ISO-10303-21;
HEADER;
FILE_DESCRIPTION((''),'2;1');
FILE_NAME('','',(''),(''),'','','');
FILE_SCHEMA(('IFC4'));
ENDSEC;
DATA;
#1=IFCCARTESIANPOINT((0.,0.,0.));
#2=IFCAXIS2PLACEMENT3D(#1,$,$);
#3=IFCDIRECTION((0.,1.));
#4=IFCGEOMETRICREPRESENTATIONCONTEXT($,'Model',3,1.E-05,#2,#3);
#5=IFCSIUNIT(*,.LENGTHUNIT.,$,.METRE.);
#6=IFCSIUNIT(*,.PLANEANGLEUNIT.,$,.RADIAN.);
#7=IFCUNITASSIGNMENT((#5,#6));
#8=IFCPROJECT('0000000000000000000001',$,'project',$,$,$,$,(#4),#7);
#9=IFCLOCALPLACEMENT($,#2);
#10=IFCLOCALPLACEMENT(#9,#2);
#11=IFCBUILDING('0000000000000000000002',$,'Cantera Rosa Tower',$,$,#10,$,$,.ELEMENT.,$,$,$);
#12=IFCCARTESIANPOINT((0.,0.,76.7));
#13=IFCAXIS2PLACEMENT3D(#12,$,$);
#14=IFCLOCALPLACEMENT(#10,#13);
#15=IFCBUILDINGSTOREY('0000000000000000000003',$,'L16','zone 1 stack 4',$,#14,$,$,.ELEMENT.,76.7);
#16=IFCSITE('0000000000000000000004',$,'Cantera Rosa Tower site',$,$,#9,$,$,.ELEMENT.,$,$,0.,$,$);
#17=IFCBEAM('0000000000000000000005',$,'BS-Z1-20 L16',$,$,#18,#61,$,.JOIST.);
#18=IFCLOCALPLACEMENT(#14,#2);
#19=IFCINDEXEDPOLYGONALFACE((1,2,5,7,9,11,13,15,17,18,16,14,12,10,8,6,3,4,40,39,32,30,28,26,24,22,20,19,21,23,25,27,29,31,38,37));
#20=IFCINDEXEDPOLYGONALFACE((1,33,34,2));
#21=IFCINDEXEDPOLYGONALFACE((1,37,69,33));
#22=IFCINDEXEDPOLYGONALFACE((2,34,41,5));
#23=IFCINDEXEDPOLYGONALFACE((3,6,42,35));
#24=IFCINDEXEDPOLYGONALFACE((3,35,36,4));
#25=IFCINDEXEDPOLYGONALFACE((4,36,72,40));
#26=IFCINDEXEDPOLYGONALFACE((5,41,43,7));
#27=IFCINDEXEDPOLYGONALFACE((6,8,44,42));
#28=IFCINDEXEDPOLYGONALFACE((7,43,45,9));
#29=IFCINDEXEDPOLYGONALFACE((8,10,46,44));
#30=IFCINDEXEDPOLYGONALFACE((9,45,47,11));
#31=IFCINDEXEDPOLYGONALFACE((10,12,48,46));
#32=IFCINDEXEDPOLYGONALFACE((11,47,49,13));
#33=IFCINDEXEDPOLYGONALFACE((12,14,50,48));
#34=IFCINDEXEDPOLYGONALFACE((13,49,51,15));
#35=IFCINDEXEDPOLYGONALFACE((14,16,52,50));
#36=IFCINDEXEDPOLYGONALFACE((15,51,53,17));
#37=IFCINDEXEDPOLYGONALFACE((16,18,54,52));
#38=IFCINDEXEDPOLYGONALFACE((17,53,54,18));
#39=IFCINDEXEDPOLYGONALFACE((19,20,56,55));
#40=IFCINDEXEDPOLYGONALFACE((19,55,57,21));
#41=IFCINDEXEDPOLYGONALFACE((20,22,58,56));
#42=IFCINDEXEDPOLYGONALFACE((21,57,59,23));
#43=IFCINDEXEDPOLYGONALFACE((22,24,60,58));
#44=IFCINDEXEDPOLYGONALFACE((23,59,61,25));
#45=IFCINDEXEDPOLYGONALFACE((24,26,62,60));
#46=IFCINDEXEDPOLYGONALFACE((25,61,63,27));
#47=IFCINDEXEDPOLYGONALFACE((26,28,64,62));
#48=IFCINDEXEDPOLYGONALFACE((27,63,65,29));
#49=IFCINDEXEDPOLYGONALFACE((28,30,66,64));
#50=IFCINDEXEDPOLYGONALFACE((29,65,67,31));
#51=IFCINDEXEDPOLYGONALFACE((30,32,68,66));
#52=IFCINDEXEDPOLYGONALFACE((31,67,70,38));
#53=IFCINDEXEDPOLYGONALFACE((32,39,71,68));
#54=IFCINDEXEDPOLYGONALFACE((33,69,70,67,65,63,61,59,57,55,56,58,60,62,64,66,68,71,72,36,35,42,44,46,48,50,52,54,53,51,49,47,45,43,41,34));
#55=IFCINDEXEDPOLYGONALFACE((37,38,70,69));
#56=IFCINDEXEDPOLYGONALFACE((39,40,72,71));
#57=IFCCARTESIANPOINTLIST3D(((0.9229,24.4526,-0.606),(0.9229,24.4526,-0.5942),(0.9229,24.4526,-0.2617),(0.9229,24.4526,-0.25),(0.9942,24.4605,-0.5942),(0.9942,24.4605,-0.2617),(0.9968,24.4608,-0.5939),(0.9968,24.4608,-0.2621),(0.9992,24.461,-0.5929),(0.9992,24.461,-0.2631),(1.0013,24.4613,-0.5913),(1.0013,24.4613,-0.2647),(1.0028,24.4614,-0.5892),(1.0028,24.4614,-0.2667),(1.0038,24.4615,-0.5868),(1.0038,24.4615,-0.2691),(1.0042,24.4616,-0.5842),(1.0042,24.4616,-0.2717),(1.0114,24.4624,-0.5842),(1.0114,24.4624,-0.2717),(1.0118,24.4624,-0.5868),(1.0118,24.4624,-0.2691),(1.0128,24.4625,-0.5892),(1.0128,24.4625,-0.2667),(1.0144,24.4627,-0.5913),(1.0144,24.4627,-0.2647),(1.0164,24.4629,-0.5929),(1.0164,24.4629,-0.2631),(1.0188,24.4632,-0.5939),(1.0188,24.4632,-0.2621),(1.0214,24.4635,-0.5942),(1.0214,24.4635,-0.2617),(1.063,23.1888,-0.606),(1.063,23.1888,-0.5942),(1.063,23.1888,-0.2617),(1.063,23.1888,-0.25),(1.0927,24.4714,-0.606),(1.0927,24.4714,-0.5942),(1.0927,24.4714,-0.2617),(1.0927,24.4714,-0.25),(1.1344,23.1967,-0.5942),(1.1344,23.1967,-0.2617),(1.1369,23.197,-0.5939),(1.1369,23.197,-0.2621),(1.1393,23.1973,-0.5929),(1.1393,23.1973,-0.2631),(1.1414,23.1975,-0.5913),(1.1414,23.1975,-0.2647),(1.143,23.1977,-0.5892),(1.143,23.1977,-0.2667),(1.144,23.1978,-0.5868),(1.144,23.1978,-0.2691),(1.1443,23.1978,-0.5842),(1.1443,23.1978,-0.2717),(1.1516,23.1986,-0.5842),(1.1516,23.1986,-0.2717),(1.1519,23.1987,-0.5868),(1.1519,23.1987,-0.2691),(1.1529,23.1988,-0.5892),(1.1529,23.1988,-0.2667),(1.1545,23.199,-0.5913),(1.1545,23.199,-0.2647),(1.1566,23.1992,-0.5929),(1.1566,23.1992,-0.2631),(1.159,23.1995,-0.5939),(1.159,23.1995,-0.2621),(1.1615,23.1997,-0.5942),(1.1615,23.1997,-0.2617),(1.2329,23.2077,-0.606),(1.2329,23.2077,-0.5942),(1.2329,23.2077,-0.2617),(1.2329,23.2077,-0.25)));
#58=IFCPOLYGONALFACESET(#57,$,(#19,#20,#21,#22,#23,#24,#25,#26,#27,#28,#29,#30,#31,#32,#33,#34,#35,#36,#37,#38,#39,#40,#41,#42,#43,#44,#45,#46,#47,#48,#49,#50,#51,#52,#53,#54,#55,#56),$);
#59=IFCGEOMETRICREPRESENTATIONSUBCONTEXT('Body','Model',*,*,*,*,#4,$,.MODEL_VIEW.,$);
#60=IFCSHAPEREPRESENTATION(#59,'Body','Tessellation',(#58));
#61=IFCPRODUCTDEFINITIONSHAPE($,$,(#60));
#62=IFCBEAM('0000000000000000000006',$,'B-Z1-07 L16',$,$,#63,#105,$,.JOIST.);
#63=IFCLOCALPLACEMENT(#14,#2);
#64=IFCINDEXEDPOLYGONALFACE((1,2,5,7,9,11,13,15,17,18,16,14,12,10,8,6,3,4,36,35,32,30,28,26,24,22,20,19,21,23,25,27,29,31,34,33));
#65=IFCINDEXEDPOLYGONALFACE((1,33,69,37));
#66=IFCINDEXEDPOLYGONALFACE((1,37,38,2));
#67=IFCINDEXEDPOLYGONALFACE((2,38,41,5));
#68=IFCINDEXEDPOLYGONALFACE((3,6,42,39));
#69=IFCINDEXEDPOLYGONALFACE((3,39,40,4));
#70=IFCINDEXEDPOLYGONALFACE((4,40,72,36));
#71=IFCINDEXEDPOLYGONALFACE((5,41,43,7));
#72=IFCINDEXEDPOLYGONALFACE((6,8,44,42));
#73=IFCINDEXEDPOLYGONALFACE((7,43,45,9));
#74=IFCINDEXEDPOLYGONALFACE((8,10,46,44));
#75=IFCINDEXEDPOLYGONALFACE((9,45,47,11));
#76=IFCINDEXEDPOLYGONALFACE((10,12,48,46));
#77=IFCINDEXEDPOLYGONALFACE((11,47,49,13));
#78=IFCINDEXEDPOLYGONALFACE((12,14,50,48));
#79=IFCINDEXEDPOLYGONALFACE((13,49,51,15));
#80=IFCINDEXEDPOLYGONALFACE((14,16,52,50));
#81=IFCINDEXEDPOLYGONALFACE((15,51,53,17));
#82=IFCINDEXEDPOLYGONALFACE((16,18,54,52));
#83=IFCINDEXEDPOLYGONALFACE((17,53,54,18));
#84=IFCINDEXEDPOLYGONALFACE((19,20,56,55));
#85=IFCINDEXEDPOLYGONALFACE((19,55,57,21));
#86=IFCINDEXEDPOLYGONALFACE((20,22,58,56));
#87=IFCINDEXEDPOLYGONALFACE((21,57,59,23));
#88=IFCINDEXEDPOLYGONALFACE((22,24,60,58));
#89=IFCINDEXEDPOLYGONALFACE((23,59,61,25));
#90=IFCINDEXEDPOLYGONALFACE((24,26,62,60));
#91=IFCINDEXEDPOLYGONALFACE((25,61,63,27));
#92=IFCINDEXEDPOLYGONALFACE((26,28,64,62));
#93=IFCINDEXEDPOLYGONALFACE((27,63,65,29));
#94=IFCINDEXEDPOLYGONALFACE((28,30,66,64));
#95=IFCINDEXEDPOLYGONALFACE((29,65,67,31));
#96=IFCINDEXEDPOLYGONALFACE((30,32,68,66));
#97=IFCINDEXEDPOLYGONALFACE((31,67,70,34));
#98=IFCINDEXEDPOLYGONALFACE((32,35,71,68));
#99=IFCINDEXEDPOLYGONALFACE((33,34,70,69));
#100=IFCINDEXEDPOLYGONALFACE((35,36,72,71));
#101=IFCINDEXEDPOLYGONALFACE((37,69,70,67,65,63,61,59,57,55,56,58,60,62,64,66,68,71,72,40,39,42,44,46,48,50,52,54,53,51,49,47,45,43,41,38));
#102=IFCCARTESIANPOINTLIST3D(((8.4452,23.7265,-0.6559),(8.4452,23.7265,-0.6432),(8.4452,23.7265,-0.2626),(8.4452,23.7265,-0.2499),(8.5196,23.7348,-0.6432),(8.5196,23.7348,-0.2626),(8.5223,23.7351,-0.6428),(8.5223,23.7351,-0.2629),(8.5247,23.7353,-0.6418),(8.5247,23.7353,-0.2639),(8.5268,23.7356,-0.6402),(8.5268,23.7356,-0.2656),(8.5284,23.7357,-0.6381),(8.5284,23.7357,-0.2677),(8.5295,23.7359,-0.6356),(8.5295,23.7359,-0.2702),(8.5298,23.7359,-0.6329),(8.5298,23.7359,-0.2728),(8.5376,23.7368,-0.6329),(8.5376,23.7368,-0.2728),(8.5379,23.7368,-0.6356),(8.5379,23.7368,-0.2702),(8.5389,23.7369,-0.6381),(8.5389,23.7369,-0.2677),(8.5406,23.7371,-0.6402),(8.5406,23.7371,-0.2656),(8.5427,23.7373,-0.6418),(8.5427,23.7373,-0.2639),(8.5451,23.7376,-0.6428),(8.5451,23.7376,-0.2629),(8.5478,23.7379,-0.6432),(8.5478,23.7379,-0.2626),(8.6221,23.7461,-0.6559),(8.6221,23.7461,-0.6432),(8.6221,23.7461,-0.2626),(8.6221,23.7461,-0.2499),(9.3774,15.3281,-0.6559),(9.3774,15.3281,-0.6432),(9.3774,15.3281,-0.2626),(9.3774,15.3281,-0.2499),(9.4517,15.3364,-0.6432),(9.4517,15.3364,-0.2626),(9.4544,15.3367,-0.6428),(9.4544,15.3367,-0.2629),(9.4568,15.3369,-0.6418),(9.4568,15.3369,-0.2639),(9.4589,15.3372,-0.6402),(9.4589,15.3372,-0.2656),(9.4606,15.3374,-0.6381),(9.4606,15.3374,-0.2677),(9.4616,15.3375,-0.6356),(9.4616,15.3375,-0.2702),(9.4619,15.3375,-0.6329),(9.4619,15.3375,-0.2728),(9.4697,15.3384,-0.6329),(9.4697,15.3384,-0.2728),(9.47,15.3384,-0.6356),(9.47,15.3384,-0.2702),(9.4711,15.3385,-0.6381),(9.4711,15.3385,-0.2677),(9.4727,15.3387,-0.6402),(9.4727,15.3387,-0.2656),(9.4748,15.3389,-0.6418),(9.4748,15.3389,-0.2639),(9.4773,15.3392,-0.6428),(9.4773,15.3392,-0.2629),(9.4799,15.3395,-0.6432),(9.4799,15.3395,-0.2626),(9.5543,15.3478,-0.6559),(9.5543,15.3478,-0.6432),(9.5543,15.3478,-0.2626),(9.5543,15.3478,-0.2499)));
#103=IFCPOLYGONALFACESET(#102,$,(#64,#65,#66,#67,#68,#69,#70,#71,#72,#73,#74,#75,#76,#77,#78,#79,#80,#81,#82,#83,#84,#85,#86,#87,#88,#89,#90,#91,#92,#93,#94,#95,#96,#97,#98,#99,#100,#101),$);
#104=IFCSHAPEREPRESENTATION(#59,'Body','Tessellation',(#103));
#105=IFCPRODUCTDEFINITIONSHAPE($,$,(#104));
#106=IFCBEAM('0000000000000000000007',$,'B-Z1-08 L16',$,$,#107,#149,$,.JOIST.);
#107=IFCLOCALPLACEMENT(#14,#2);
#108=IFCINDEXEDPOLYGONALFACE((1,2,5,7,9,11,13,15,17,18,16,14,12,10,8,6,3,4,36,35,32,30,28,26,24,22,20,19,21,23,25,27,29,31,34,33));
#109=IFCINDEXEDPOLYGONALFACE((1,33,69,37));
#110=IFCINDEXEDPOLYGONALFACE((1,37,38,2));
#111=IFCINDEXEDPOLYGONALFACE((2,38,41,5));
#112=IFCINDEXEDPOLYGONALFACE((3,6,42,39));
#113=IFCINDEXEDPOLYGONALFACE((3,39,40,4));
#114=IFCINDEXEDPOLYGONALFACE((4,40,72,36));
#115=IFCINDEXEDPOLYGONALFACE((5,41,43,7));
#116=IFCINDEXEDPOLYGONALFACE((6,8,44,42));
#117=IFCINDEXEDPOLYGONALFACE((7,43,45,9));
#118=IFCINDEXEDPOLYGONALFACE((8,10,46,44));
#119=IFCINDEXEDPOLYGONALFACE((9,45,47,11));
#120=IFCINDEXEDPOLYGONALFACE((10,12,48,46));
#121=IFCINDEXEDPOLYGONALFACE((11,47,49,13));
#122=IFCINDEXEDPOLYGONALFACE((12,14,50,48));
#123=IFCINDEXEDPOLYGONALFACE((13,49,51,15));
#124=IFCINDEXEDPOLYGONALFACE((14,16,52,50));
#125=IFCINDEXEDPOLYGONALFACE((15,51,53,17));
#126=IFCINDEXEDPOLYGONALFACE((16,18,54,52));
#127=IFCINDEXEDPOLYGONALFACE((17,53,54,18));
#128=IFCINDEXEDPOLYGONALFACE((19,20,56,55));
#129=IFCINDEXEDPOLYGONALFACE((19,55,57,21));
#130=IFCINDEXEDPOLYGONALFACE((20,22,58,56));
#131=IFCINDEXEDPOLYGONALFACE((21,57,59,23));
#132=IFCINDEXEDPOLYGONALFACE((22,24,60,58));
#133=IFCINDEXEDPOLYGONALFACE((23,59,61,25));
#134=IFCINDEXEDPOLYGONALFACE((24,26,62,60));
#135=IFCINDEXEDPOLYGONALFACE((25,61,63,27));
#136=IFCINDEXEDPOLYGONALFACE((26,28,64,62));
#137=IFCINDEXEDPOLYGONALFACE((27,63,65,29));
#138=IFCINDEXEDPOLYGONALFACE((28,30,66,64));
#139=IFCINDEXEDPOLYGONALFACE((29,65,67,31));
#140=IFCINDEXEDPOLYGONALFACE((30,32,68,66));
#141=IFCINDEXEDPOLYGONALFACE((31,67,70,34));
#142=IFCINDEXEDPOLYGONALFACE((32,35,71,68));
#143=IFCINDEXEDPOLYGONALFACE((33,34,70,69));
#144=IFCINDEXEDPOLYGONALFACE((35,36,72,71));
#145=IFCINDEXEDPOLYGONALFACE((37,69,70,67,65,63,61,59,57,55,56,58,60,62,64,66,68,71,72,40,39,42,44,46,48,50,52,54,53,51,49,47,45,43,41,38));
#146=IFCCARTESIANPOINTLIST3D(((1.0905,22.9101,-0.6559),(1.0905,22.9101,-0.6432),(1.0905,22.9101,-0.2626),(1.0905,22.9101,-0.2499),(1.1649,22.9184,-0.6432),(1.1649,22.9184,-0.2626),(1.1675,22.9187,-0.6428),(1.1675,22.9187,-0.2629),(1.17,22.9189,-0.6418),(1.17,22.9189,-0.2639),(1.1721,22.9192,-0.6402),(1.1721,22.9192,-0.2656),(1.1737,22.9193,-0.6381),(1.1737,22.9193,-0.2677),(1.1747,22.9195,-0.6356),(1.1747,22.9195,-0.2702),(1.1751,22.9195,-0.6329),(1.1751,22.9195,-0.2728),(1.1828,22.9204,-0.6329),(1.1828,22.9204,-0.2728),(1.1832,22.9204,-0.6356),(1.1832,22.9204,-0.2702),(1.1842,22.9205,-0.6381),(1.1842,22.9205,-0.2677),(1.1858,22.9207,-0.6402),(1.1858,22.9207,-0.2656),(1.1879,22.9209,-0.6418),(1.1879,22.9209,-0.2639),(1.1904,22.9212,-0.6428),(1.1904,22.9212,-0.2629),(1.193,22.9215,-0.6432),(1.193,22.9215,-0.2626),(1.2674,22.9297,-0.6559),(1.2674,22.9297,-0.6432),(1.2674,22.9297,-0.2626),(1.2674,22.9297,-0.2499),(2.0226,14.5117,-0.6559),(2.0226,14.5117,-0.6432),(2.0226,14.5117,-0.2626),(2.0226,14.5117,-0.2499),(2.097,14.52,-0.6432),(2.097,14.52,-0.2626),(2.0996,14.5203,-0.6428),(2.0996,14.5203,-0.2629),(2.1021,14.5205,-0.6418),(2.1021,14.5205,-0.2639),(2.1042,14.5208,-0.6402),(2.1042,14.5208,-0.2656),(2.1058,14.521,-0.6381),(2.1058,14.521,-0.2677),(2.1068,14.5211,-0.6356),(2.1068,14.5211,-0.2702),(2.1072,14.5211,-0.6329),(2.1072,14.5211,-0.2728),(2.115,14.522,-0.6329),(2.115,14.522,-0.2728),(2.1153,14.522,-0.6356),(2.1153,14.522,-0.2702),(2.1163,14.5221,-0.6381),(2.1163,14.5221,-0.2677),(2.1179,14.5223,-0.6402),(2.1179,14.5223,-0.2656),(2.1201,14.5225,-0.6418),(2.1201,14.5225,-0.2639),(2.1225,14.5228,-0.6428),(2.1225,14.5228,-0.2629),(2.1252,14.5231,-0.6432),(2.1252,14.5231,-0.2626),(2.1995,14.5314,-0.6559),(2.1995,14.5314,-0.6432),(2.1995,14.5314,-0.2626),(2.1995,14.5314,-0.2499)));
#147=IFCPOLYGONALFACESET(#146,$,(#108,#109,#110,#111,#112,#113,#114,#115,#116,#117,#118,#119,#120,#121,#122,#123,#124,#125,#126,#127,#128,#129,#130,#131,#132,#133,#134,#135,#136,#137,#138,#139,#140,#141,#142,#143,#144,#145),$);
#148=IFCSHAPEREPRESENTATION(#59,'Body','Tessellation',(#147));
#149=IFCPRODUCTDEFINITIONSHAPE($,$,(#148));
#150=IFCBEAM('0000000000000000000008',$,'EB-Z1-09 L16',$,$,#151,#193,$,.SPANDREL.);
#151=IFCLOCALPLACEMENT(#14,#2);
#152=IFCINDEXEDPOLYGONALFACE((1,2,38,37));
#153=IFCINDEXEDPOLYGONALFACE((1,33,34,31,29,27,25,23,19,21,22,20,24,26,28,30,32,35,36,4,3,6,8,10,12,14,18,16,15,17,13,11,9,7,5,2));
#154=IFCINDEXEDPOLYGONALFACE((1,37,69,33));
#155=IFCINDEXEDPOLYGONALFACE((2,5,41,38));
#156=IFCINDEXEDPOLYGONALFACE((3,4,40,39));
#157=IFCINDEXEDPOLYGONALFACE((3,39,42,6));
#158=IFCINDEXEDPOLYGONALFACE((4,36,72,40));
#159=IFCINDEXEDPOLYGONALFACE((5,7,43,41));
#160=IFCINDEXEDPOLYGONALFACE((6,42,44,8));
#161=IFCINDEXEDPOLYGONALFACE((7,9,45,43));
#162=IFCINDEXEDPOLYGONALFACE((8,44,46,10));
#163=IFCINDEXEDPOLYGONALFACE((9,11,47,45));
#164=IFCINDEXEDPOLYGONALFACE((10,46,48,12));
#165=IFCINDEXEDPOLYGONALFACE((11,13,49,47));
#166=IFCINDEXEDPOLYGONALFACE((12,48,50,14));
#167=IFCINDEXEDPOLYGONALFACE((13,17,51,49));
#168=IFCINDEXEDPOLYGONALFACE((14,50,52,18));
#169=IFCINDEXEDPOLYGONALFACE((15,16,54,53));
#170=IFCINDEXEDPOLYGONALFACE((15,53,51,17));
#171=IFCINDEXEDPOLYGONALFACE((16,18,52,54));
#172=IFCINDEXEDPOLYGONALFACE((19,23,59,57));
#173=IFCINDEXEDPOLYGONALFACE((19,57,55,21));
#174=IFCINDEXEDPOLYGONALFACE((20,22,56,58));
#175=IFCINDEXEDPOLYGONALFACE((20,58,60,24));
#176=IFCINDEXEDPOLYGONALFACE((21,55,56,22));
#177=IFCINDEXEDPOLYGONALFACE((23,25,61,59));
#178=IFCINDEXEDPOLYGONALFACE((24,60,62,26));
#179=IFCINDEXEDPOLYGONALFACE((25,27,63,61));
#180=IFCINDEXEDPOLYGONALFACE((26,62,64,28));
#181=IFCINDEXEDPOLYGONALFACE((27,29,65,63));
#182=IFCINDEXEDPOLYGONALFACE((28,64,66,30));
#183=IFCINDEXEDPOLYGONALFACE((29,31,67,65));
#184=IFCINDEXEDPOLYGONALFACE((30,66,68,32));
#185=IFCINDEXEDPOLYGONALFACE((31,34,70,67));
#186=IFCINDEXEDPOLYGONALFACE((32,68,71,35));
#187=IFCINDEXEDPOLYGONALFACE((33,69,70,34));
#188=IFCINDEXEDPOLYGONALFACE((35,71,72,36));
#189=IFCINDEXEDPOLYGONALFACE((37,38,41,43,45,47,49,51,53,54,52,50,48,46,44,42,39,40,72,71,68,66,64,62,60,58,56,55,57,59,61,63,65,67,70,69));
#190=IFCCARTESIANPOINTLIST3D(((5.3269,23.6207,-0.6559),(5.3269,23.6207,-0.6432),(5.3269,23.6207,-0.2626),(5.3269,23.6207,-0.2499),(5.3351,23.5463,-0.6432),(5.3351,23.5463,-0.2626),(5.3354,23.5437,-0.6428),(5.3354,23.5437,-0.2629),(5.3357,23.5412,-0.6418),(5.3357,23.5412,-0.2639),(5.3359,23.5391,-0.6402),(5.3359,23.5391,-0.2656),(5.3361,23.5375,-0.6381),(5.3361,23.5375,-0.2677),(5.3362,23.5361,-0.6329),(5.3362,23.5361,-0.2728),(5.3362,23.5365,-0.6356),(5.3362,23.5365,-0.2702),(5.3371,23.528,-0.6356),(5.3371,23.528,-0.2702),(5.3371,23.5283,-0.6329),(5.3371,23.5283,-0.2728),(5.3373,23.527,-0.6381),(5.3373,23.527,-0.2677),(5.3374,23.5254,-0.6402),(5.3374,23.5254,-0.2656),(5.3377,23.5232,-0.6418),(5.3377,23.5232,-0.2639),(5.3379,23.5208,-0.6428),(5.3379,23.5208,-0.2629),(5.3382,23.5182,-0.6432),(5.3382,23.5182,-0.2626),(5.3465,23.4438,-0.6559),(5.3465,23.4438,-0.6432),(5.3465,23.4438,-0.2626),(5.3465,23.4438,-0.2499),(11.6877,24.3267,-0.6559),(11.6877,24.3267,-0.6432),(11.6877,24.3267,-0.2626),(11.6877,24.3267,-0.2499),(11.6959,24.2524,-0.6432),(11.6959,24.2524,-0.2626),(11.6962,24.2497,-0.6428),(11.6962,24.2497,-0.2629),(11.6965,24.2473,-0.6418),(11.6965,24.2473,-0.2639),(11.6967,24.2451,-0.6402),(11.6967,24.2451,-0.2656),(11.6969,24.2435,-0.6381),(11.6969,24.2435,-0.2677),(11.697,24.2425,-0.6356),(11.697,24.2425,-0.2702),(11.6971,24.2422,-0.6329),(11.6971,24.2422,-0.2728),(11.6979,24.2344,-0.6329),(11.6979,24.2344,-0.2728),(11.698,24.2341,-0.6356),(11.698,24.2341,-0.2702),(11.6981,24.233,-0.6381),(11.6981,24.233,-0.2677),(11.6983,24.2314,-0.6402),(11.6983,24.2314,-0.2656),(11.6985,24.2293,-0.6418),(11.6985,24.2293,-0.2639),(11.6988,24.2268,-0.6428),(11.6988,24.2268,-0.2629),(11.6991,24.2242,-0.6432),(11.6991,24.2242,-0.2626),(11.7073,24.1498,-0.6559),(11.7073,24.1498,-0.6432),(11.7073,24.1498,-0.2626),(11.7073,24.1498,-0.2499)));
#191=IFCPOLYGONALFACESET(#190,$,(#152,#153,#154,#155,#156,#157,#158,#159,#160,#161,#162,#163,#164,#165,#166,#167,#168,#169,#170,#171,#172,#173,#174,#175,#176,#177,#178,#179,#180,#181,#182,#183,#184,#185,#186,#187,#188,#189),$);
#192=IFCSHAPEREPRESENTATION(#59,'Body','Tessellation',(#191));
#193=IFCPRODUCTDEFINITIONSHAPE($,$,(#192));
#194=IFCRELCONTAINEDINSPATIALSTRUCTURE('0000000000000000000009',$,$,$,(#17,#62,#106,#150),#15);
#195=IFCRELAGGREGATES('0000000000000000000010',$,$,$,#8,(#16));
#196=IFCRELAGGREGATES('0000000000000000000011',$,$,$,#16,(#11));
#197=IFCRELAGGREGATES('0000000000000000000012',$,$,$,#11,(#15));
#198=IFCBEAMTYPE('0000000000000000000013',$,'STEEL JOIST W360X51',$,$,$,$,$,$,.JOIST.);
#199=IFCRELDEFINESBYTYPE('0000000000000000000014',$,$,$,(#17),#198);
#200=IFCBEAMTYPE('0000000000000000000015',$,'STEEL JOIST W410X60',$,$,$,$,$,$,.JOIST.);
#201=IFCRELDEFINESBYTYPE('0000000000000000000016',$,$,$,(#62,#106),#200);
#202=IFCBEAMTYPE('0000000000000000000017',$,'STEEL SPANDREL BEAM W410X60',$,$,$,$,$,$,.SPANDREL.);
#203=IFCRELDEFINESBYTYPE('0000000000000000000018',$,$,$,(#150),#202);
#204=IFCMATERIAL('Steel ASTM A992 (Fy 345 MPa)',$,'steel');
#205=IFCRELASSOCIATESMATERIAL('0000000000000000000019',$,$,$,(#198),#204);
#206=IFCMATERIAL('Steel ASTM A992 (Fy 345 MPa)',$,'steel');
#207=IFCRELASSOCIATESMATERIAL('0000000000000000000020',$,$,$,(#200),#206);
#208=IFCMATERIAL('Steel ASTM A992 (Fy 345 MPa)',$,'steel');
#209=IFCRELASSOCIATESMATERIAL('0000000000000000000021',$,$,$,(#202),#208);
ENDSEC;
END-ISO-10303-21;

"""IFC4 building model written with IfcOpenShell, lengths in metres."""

from ifc_helpers import new_model, si_unit, direction, frame, origin, origin_2d, place, context, subcontext, project, spatial, i_section, extrude, material, material_profile, profile_set, type_object, element, save


model = new_model("IFC4")

# Units and contexts
model_context = context("Model", 3, precision=1e-05, world=origin(), true_north=direction((0.0, 1.0)))
body_context = subcontext(model_context, "Body", "Model", "MODEL_VIEW")
ifc_project = project(units=[si_unit("LENGTHUNIT", "METRE"), si_unit("PLANEANGLEUNIT", "RADIAN")], contexts=[model_context])

# Site, building, storey
site_placement = place(None, origin())
site = spatial("IfcSite", under=ifc_project, at=site_placement, Name="Cantera Rosa Tower site", CompositionType="ELEMENT", RefElevation=0.0)
building_placement = place(site_placement, origin())
building = spatial("IfcBuilding", under=site, at=building_placement, Name="Cantera Rosa Tower", CompositionType="ELEMENT")
storey_placement = place(building_placement, frame((0.0, 0.0, 76.7)))
storey = spatial("IfcBuildingStorey", under=building, at=storey_placement, Name="L16", Description="zone 1 stack 4", CompositionType="ELEMENT", Elevation=76.7)

# Beams
ifc_material_1 = material(Name="Steel ASTM A992 (Fy 345 MPa)", Category="steel")
ifc_material_profile_1 = material_profile(ifc_material_1, i_section(OverallWidth=0.1709, OverallDepth=0.356, WebThickness=0.0073, FlangeThickness=0.0117, FilletRadius=0.01, at=origin_2d()), Name="W360X51")
ifc_profile_set_1 = profile_set([ifc_material_profile_1], Name="Steel ASTM A992 (Fy 345 MPa)")
beam_type_1 = type_object("IfcBeamType", Name="STEEL JOIST W360X51", PredefinedType="JOIST", material=ifc_profile_set_1)
beam_1_placement = place(storey_placement, frame((1.1479, 23.1982, -0.428), z_axis=(-0.110221, 0.993907, 0.0), x_axis=(-0.993907, -0.110221, 0.0)))
element("IfcBeam", 1, at=beam_1_placement, inside=storey, type_object=beam_type_1, Name="BS-Z1-20 L16", PredefinedType="JOIST", context=body_context, shape_type="SweptSolid", body=[
    extrude(i_section(OverallWidth=0.1709, OverallDepth=0.356, WebThickness=0.0073, FlangeThickness=0.0117, FilletRadius=0.01, at=origin_2d()), origin(), (0.0, 0.0, 1.0), 1.2715),
])
ifc_material_2 = material(Name="Steel ASTM A992 (Fy 345 MPa)", Category="steel")
ifc_material_profile_2 = material_profile(ifc_material_2, i_section(OverallWidth=0.178, OverallDepth=0.406, WebThickness=0.0078, FlangeThickness=0.0127, FilletRadius=0.0103, at=origin_2d()), Name="W410X60")
ifc_profile_set_2 = profile_set([ifc_material_profile_2], Name="Steel ASTM A992 (Fy 345 MPa)")
beam_type_2 = type_object("IfcBeamType", Name="STEEL JOIST W410X60", PredefinedType="JOIST", material=ifc_profile_set_2)
for number, where, z_axis, x_axis, name in (
    (2, (8.5337, 23.7363, -0.4529), (0.110311, -0.993897, 0.0), (0.993897, 0.110311, 0.0), "B-Z1-07 L16"),
    (3, (1.179, 22.9199, -0.4529), (0.110311, -0.993897, 0.0), (0.993897, 0.110311, 0.0), "B-Z1-08 L16"),
):
    element("IfcBeam", number, at=place(storey_placement, frame(where, z_axis=z_axis, x_axis=x_axis)), inside=storey, type_object=beam_type_2, Name=name, PredefinedType="JOIST", context=body_context, shape_type="SweptSolid", body=[
        extrude(i_section(OverallWidth=0.178, OverallDepth=0.406, WebThickness=0.0078, FlangeThickness=0.0127, FilletRadius=0.0103, at=origin_2d()), origin(), (0.0, 0.0, 1.0), 8.45),
    ])
ifc_material_3 = material(Name="Steel ASTM A992 (Fy 345 MPa)", Category="steel")
ifc_material_profile_3 = material_profile(ifc_material_3, i_section(OverallWidth=0.178, OverallDepth=0.406, WebThickness=0.0078, FlangeThickness=0.0127, FilletRadius=0.0103, at=origin_2d()), Name="W410X60")
ifc_profile_set_3 = profile_set([ifc_material_profile_3], Name="Steel ASTM A992 (Fy 345 MPa)")
beam_type_3 = type_object("IfcBeamType", Name="STEEL SPANDREL BEAM W410X60", PredefinedType="SPANDREL", material=ifc_profile_set_3)
for number, where, z_axis, x_axis, name in (
    (4, (11.6975, 24.2383, -0.4529), (-0.993896, -0.110323, 0.0), (0.110323, -0.993896, 0.0), "EB-Z1-09 L16"),
):
    element("IfcBeam", number, at=place(storey_placement, frame(where, z_axis=z_axis, x_axis=x_axis)), inside=storey, type_object=beam_type_3, Name=name, PredefinedType="SPANDREL", context=body_context, shape_type="SweptSolid", body=[
        extrude(i_section(OverallWidth=0.178, OverallDepth=0.406, WebThickness=0.0078, FlangeThickness=0.0127, FilletRadius=0.0103, at=origin_2d()), origin(), (0.0, 0.0, 1.0), 6.3999),
    ])

save(model, "model.ifc")
